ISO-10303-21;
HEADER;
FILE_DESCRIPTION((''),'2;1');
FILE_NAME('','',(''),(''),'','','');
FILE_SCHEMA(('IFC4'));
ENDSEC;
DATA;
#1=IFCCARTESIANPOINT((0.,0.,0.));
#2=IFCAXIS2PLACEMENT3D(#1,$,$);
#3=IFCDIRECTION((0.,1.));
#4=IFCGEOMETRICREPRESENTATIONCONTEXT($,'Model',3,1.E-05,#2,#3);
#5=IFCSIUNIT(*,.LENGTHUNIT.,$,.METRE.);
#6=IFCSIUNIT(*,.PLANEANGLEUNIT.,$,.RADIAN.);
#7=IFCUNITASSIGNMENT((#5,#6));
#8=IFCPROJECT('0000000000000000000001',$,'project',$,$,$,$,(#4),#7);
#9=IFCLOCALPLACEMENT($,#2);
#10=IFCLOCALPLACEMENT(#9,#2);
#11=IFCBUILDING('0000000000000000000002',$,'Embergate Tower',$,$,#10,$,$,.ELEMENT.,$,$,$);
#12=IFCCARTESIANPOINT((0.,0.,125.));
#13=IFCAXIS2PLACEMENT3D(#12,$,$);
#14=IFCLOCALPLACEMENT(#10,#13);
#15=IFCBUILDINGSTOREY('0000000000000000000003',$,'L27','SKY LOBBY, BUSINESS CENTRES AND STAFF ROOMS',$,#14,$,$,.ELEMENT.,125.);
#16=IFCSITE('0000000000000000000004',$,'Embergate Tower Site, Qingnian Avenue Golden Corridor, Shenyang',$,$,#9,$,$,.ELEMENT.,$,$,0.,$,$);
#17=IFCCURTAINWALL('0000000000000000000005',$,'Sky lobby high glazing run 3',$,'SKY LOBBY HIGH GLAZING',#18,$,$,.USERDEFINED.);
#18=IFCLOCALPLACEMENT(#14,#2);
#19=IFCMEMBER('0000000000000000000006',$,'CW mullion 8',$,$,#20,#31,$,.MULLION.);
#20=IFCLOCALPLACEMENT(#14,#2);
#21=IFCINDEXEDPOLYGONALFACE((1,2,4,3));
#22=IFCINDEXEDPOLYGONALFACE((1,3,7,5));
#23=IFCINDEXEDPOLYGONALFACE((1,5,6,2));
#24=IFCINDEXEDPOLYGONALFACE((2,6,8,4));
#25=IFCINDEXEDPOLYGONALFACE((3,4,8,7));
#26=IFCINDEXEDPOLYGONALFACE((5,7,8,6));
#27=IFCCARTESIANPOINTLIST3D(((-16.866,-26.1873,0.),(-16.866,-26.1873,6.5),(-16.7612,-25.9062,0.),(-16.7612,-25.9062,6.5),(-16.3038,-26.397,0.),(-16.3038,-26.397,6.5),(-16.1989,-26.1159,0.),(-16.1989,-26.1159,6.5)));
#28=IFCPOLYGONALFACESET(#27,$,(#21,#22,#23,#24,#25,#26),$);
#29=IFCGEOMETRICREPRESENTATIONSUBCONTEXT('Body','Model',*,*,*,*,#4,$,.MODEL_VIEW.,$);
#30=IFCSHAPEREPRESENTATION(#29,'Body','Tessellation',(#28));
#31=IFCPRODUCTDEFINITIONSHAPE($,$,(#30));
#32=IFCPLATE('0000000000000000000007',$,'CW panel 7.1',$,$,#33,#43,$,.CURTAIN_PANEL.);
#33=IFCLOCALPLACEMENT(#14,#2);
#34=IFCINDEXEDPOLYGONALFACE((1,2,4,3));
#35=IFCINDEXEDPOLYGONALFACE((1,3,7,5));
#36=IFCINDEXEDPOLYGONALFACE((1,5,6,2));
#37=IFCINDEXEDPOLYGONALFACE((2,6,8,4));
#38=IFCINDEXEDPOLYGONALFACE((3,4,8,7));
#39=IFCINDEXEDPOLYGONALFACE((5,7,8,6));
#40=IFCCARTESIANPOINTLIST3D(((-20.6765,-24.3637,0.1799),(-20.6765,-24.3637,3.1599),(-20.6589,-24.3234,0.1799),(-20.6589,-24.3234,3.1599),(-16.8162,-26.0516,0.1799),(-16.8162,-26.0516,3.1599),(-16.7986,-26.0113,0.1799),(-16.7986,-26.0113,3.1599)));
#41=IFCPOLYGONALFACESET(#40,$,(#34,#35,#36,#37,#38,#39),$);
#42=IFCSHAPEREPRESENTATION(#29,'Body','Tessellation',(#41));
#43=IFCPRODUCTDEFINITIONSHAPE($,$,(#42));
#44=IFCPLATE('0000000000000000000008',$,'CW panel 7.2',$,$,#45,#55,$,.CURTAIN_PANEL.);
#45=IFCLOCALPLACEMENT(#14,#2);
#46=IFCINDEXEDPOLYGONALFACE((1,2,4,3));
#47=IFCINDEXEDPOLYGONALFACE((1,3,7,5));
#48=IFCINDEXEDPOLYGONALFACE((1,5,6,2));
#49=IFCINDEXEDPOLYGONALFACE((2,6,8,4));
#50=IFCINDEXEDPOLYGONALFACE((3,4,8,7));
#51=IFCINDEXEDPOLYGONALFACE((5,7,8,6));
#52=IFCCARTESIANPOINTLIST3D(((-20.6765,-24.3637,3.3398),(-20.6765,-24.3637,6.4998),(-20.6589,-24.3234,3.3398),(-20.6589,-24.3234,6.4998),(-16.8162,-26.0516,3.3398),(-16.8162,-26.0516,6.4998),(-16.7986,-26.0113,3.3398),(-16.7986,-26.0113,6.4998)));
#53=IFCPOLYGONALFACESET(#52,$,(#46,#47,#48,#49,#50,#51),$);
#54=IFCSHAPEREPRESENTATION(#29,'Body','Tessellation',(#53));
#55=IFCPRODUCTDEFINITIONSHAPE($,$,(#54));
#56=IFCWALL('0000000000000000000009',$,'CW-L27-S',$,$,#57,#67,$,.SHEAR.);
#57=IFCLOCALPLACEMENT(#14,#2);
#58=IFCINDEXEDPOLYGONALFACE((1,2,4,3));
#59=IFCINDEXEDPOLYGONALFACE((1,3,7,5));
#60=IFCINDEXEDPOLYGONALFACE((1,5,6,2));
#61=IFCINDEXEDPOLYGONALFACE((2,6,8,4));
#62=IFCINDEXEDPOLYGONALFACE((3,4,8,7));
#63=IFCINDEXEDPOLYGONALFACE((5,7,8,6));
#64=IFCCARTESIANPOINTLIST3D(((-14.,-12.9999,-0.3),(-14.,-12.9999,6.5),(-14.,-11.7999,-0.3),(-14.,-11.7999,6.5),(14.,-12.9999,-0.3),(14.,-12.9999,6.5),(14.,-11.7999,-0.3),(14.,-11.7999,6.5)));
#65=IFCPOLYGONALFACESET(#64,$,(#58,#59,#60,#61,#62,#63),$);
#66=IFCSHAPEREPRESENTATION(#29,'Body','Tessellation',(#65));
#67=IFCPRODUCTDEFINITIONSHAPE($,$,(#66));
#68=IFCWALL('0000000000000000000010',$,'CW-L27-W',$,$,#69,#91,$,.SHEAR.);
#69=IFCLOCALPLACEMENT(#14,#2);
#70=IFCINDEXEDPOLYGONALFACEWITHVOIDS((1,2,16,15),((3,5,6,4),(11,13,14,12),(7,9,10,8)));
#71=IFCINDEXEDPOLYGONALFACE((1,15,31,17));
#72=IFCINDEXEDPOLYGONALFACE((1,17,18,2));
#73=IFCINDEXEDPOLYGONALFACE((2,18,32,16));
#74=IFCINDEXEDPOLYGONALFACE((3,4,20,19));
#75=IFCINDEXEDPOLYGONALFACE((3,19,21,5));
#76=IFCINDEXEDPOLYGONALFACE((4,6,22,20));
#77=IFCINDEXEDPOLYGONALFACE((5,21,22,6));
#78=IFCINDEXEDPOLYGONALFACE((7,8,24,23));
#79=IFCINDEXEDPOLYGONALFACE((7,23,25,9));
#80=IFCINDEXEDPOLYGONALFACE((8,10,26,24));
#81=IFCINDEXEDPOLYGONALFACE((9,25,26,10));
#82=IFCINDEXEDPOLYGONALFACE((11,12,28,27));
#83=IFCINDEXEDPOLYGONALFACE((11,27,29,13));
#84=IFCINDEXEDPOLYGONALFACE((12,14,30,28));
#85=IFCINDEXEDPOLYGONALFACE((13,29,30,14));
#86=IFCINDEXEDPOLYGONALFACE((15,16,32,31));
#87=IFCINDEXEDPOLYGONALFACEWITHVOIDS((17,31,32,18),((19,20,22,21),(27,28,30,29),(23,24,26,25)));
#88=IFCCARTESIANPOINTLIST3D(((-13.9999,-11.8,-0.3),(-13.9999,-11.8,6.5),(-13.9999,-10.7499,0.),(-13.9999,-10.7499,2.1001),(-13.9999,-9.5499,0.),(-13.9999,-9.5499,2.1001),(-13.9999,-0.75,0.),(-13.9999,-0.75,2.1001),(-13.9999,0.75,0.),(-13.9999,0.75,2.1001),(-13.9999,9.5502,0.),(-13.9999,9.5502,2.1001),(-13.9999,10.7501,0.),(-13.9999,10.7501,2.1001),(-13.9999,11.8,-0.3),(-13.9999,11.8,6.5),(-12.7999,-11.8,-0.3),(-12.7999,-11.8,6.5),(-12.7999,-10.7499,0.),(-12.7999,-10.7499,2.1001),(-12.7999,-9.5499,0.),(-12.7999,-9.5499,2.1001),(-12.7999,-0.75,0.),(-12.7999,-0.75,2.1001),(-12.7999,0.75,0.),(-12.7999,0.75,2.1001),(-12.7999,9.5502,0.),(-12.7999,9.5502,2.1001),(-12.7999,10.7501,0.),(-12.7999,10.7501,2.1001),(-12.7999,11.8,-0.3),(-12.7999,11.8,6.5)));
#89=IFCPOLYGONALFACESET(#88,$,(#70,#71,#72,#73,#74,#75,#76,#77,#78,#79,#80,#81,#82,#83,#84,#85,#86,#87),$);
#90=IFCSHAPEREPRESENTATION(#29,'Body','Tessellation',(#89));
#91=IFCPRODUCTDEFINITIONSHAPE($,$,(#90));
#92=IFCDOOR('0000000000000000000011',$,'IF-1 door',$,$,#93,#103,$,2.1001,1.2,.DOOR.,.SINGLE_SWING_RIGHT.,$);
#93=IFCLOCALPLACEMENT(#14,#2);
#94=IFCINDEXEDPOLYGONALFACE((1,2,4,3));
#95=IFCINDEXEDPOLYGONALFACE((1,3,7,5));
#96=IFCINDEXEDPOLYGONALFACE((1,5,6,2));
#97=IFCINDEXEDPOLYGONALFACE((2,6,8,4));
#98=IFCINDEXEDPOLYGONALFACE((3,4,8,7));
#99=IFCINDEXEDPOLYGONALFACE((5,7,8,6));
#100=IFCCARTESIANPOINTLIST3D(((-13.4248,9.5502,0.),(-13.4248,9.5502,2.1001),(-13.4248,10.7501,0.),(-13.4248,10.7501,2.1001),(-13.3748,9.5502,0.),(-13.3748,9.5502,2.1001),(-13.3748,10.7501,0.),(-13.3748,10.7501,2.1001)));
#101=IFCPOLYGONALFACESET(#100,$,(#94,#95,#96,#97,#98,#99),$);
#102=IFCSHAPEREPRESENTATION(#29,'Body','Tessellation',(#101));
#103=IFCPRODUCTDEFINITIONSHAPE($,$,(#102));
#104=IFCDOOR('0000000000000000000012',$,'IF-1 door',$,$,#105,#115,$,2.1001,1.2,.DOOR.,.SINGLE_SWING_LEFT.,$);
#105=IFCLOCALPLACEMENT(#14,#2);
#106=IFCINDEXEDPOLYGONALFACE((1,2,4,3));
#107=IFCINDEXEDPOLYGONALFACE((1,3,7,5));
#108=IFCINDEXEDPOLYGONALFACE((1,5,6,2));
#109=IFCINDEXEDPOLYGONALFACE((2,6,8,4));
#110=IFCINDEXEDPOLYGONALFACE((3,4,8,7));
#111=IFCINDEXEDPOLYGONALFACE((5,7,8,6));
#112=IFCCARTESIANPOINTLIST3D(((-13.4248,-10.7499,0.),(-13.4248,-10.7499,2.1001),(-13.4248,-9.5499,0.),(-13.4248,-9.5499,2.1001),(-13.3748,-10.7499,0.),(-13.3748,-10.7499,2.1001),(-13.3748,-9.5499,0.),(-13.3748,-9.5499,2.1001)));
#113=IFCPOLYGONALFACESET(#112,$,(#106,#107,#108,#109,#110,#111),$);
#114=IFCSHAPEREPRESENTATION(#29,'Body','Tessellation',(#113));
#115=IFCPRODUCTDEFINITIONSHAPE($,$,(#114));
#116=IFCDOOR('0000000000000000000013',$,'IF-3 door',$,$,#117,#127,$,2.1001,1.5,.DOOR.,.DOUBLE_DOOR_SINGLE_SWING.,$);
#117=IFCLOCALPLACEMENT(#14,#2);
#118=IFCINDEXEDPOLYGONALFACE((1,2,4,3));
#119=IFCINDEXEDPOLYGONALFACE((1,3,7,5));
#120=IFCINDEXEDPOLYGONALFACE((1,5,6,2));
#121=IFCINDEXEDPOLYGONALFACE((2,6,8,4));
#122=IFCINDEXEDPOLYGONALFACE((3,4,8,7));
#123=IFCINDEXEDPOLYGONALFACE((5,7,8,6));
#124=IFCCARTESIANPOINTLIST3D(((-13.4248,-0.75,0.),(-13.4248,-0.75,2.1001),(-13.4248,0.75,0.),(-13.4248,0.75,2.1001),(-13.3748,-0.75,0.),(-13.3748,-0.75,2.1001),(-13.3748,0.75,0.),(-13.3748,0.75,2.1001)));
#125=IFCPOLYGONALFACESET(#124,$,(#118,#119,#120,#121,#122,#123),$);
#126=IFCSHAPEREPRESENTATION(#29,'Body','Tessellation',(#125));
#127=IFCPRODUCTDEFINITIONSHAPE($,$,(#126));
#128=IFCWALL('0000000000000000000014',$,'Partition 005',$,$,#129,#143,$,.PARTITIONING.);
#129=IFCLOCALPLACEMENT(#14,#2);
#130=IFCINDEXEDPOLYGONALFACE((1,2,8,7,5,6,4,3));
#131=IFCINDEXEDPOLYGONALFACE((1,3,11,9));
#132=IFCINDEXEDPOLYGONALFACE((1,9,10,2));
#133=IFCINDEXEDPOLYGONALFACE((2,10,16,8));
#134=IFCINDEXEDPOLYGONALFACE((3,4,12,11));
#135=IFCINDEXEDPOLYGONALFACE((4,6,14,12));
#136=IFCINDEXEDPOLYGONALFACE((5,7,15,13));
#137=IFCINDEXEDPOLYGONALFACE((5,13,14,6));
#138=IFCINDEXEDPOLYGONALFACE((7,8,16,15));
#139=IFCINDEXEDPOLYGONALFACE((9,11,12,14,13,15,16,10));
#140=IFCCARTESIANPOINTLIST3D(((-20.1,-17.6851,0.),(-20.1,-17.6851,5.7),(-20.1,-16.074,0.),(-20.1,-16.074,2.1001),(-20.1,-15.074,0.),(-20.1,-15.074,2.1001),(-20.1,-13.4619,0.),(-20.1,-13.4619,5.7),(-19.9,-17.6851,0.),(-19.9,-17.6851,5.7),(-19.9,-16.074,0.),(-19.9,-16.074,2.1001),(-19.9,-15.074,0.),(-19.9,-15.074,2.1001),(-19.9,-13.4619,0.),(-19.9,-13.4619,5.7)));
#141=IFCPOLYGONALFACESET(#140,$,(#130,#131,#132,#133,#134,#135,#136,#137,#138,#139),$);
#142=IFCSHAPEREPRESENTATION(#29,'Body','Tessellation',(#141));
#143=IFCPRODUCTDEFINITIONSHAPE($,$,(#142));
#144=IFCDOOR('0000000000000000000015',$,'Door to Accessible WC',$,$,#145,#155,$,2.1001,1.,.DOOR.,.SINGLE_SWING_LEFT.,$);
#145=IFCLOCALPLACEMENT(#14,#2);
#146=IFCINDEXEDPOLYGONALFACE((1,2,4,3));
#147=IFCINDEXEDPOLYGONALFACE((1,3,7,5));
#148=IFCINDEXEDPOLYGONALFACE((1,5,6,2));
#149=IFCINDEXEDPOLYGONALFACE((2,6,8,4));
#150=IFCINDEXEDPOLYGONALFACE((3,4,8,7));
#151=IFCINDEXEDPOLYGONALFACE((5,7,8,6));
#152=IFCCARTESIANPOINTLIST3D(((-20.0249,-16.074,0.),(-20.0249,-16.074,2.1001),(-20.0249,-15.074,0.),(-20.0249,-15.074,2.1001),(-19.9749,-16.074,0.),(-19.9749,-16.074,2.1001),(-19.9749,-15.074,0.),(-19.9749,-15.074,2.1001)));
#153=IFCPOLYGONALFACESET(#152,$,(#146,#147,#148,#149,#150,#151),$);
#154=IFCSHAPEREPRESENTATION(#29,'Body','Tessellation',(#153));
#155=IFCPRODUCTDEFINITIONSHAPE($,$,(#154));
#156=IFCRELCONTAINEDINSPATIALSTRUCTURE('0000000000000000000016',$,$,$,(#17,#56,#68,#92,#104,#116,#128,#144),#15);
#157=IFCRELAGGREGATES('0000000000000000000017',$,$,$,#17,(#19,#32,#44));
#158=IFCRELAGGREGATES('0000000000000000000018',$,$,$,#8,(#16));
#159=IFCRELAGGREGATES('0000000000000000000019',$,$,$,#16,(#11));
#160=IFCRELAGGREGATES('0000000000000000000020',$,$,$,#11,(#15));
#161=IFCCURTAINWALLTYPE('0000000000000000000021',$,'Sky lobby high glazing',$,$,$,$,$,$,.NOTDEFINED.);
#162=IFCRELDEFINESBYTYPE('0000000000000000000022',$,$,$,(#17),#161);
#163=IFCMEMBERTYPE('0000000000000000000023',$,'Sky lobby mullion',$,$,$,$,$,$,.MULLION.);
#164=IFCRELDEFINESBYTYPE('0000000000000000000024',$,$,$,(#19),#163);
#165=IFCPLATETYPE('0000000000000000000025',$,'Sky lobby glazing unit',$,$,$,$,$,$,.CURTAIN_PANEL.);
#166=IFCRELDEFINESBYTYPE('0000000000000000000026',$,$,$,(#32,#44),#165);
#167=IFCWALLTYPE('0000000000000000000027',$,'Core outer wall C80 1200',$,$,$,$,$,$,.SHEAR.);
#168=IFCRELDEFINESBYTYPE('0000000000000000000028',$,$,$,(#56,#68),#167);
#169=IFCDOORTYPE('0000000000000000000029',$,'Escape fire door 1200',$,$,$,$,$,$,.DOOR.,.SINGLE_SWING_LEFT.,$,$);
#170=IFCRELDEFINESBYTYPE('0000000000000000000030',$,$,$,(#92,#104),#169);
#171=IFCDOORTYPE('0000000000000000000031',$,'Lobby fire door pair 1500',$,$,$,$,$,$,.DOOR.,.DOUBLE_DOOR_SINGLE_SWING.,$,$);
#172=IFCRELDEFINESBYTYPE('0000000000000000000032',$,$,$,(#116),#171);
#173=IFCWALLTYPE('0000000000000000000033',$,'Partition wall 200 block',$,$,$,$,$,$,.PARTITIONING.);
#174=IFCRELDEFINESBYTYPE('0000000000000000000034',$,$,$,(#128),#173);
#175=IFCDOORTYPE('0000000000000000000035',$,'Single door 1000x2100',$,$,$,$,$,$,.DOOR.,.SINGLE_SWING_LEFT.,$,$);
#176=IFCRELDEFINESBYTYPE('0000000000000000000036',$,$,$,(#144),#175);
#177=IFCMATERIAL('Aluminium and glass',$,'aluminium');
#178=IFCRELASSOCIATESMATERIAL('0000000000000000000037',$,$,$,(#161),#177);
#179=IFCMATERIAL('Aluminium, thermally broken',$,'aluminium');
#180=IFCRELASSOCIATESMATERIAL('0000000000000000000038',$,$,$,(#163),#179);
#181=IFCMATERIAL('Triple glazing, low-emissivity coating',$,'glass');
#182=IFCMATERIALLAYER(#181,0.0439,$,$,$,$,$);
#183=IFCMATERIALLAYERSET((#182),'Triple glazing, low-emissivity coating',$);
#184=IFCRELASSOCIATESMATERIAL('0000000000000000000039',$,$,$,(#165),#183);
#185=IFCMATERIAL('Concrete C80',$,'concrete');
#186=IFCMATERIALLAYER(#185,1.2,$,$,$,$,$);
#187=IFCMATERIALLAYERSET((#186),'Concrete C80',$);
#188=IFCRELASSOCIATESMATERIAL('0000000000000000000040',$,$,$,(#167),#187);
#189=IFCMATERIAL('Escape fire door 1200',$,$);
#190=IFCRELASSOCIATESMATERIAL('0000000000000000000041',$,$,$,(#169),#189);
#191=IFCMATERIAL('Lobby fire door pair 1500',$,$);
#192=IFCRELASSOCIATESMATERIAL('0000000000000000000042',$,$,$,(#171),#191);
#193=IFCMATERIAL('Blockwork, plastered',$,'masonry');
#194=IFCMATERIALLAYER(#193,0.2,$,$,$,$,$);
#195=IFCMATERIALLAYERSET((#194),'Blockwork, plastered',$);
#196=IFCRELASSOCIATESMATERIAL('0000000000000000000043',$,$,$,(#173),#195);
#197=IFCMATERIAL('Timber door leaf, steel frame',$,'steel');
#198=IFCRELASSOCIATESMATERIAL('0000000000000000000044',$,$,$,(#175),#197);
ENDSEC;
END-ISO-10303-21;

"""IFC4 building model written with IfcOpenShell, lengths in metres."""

from ifc_helpers import new_model, si_unit, direction, frame, frame_2d, origin, origin_2d, place, context, subcontext, project, spatial, rectangle, extrude, source, transform, mapped, material, layer, layer_set, material_profile, profile_set, type_object, element, fill, aggregate, save


model = new_model("IFC4")

# Units and contexts
model_context = context("Model", 3, precision=1e-05, world=origin(), true_north=direction((0.0, 1.0)))
body_context = subcontext(model_context, "Body", "Model", "MODEL_VIEW")
ifc_project = project(units=[si_unit("LENGTHUNIT", "METRE"), si_unit("PLANEANGLEUNIT", "RADIAN")], contexts=[model_context])

# Site, building, storey
site_placement = place(None, origin())
site = spatial("IfcSite", under=ifc_project, at=site_placement, Name="Embergate Tower Site, Qingnian Avenue Golden Corridor, Shenyang", CompositionType="ELEMENT", RefElevation=0.0)
building_placement = place(site_placement, origin())
building = spatial("IfcBuilding", under=site, at=building_placement, Name="Embergate Tower", CompositionType="ELEMENT")
storey_placement = place(building_placement, frame((0.0, 0.0, 125.0)))
storey = spatial("IfcBuildingStorey", under=building, at=storey_placement, Name="L27", Description="SKY LOBBY, BUSINESS CENTRES AND STAFF ROOMS", CompositionType="ELEMENT", Elevation=125.0)

# Curtain wall, member, plates
ifc_material_1 = material(Name="Aluminium and glass", Category="aluminium")
curtain_wall_type = type_object("IfcCurtainWallType", Name="Sky lobby high glazing", PredefinedType="NOTDEFINED", material=ifc_material_1)
curtain_wall_placement = place(storey_placement, origin())
curtain_wall = element("IfcCurtainWall", 1, at=curtain_wall_placement, inside=storey, type_object=curtain_wall_type, Name="Sky lobby high glazing run 3", ObjectType="SKY LOBBY HIGH GLAZING", PredefinedType="USERDEFINED")
ifc_material_2 = material(Name="Aluminium, thermally broken", Category="aluminium")
ifc_material_profile = material_profile(ifc_material_2, rectangle(XDim=0.3, YDim=0.6001, at=origin_2d()), Name="AL 600x300")
ifc_profile_set = profile_set([ifc_material_profile], Name="Aluminium, thermally broken")
member_type = type_object("IfcMemberType", Name="Sky lobby mullion", PredefinedType="MULLION", material=ifc_profile_set)
shared_shape_1 = source(origin(), body_context, "Body", "SweptSolid", [
    extrude(rectangle(XDim=0.3, YDim=0.6001, at=origin_2d()), origin(), (0.0, 0.0, 1.0), 6.5),
])
member_placement = place(storey_placement, frame((-16.5325, -26.1516, 0.0), z_axis=(0.0, 0.0, 1.0), x_axis=(0.349498, 0.936937, 0.0)))
member = element("IfcMember", 2, at=member_placement, type_object=member_type, Name="CW mullion 8", PredefinedType="MULLION", context=body_context, shape_type="MappedRepresentation", body=[
    mapped(shared_shape_1, transform((0.0, 0.0, 0.0))),
])
ifc_material_3 = material(Name="Triple glazing, low-emissivity coating", Category="glass")
ifc_layer_1 = layer(ifc_material_3, 0.0439)
ifc_layer_set_1 = layer_set([ifc_layer_1], Name="Triple glazing, low-emissivity coating")
plate_type = type_object("IfcPlateType", Name="Sky lobby glazing unit", PredefinedType="CURTAIN_PANEL", material=ifc_layer_set_1)
shared_shape_2 = source(origin(), body_context, "Body", "SweptSolid", [
    extrude(rectangle(XDim=4.2131, YDim=0.0439, at=origin_2d()), origin(), (0.0, 0.0, 1.0), 2.98),
])
plate_1_placement = place(storey_placement, frame((-18.7375, -25.1875, 0.1799), z_axis=(0.0, 0.0, 1.0), x_axis=(0.916238, -0.400635, 0.0)))
plate_1 = element("IfcPlate", 3, at=plate_1_placement, type_object=plate_type, Name="CW panel 7.1", PredefinedType="CURTAIN_PANEL", context=body_context, shape_type="MappedRepresentation", body=[
    mapped(shared_shape_2, transform((0.0, 0.0, 0.0))),
])
shared_shape_3 = source(origin(), body_context, "Body", "SweptSolid", [
    extrude(rectangle(XDim=4.2131, YDim=0.0439, at=origin_2d()), origin(), (0.0, 0.0, 1.0), 3.1599),
])
plate_2_placement = place(storey_placement, frame((-18.7375, -25.1875, 3.3398), z_axis=(0.0, 0.0, 1.0), x_axis=(0.916238, -0.400635, 0.0)))
plate_2 = element("IfcPlate", 4, at=plate_2_placement, type_object=plate_type, Name="CW panel 7.2", PredefinedType="CURTAIN_PANEL", context=body_context, shape_type="MappedRepresentation", body=[
    mapped(shared_shape_3, transform((0.0, 0.0, 0.0))),
])
aggregate(curtain_wall, [member, plate_1, plate_2])

# Wall
ifc_material_4 = material(Name="Concrete C80", Category="concrete")
ifc_layer_2 = layer(ifc_material_4, 1.2)
ifc_layer_set_2 = layer_set([ifc_layer_2], Name="Concrete C80")
wall_type_1 = type_object("IfcWallType", Name="Core outer wall C80 1200", PredefinedType="SHEAR", material=ifc_layer_set_2)
shared_shape_4 = source(origin(), body_context, "Body", "SweptSolid", [
    extrude(rectangle(XDim=28.0, YDim=1.2, at=frame_2d((14.0, 0.0))), origin(), (0.0, 0.0, 1.0), 6.8),
])
wall_1_placement = place(storey_placement, frame((-14.0, -12.3999, -0.3), z_axis=(0.0, 0.0, 1.0), x_axis=(1.0, 0.0, 0.0)))
element("IfcWall", 5, at=wall_1_placement, inside=storey, type_object=wall_type_1, Name="CW-L27-S", PredefinedType="SHEAR", context=body_context, shape_type="MappedRepresentation", body=[
    mapped(shared_shape_4, transform((0.0, 0.0, 0.0))),
])

# Wall, openings, doors
shared_shape_5 = source(origin(), body_context, "Body", "SweptSolid", [
    extrude(rectangle(XDim=23.6001, YDim=1.2, at=frame_2d((11.8, 0.0))), origin(), (0.0, 0.0, 1.0), 6.8),
])
wall_2_placement = place(storey_placement, frame((-13.3999, -11.8, -0.3), z_axis=(0.0, 0.0, 1.0), x_axis=(0.0, 1.0, 0.0)))
wall_2 = element("IfcWall", 6, at=wall_2_placement, inside=storey, type_object=wall_type_1, Name="CW-L27-W", PredefinedType="SHEAR", context=body_context, shape_type="MappedRepresentation", body=[
    mapped(shared_shape_5, transform((0.0, 0.0, 0.0))),
])
shared_shape_6 = source(origin(), body_context, "Body", "SweptSolid", [
    extrude(rectangle(XDim=1.2, YDim=2.1001, at=frame_2d((0.6001, 1.05))), frame((0.0, 0.6099, 0.0), z_axis=(0.0, -1.0, 0.0), x_axis=(1.0, 0.0, 0.0)), (0.0, 0.0, 1.0), 1.22),
])
opening_1_placement = place(wall_2_placement, frame((21.3501, 0.0, 0.3)))
opening_1 = element("IfcOpeningElement", 7, at=opening_1_placement, cuts=wall_2, PredefinedType="OPENING", context=body_context, shape_type="MappedRepresentation", body=[
    mapped(shared_shape_6, transform((0.0, 0.0, 0.0))),
])
opening_2_placement = place(wall_2_placement, frame((1.05, 0.0, 0.3)))
opening_2 = element("IfcOpeningElement", 8, at=opening_2_placement, cuts=wall_2, PredefinedType="OPENING", context=body_context, shape_type="MappedRepresentation", body=[
    mapped(shared_shape_6, transform((0.0, 0.0, 0.0))),
])
shared_shape_7 = source(origin(), body_context, "Body", "SweptSolid", [
    extrude(rectangle(XDim=1.5, YDim=2.1001, at=frame_2d((0.75, 1.05))), frame((0.0, 0.6099, 0.0), z_axis=(0.0, -1.0, 0.0), x_axis=(1.0, 0.0, 0.0)), (0.0, 0.0, 1.0), 1.22),
])
opening_3_placement = place(wall_2_placement, frame((11.05, 0.0, 0.3)))
opening_3 = element("IfcOpeningElement", 9, at=opening_3_placement, cuts=wall_2, PredefinedType="OPENING", context=body_context, shape_type="MappedRepresentation", body=[
    mapped(shared_shape_7, transform((0.0, 0.0, 0.0))),
])
ifc_material_5 = material(Name="Escape fire door 1200")
door_type_1 = type_object("IfcDoorType", Name="Escape fire door 1200", OperationType="SINGLE_SWING_LEFT", PredefinedType="DOOR", material=ifc_material_5)
shared_shape_8 = source(origin(), body_context, "Body", "SweptSolid", [
    extrude(rectangle(XDim=1.2, YDim=2.1001, at=frame_2d((0.6001, 1.05))), frame((0.0, 0.0249, 0.0), z_axis=(0.0, -1.0, 0.0), x_axis=(1.0, 0.0, 0.0)), (0.0, 0.0, 1.0), 0.05),
])
door_1_placement = place(opening_1_placement, origin())
door_1 = element("IfcDoor", 10, at=door_1_placement, inside=storey, type_object=door_type_1, Name="IF-1 door", OperationType="SINGLE_SWING_RIGHT", OverallHeight=2.1001, OverallWidth=1.2, PredefinedType="DOOR", context=body_context, shape_type="MappedRepresentation", body=[
    mapped(shared_shape_8, transform((0.0, 0.0, 0.0))),
])
fill(opening_1, door_1)
door_2_placement = place(opening_2_placement, origin())
door_2 = element("IfcDoor", 11, at=door_2_placement, inside=storey, type_object=door_type_1, Name="IF-1 door", OperationType="SINGLE_SWING_LEFT", OverallHeight=2.1001, OverallWidth=1.2, PredefinedType="DOOR", context=body_context, shape_type="MappedRepresentation", body=[
    mapped(shared_shape_8, transform((0.0, 0.0, 0.0))),
])
fill(opening_2, door_2)
ifc_material_6 = material(Name="Lobby fire door pair 1500")
door_type_2 = type_object("IfcDoorType", Name="Lobby fire door pair 1500", OperationType="DOUBLE_DOOR_SINGLE_SWING", PredefinedType="DOOR", material=ifc_material_6)
shared_shape_9 = source(origin(), body_context, "Body", "SweptSolid", [
    extrude(rectangle(XDim=1.5, YDim=2.1001, at=frame_2d((0.75, 1.05))), frame((0.0, 0.0249, 0.0), z_axis=(0.0, -1.0, 0.0), x_axis=(1.0, 0.0, 0.0)), (0.0, 0.0, 1.0), 0.05),
])
door_3_placement = place(opening_3_placement, origin())
door_3 = element("IfcDoor", 12, at=door_3_placement, inside=storey, type_object=door_type_2, Name="IF-3 door", OperationType="DOUBLE_DOOR_SINGLE_SWING", OverallHeight=2.1001, OverallWidth=1.5, PredefinedType="DOOR", context=body_context, shape_type="MappedRepresentation", body=[
    mapped(shared_shape_9, transform((0.0, 0.0, 0.0))),
])
fill(opening_3, door_3)

# Wall, opening, door
ifc_material_7 = material(Name="Blockwork, plastered", Category="masonry")
ifc_layer_3 = layer(ifc_material_7, 0.2)
ifc_layer_set_3 = layer_set([ifc_layer_3], Name="Blockwork, plastered")
wall_type_2 = type_object("IfcWallType", Name="Partition wall 200 block", PredefinedType="PARTITIONING", material=ifc_layer_set_3)
shared_shape_10 = source(origin(), body_context, "Body", "SweptSolid", [
    extrude(rectangle(XDim=4.2231, YDim=0.2, at=frame_2d((2.1116, 0.0))), origin(), (0.0, 0.0, 1.0), 5.7),
])
wall_3_placement = place(storey_placement, frame((-20.0, -17.6851, 0.0), z_axis=(0.0, 0.0, 1.0), x_axis=(0.0, 1.0, 0.0)))
wall_3 = element("IfcWall", 13, at=wall_3_placement, inside=storey, type_object=wall_type_2, Name="Partition 005", PredefinedType="PARTITIONING", context=body_context, shape_type="MappedRepresentation", body=[
    mapped(shared_shape_10, transform((0.0, 0.0, 0.0))),
])
shared_shape_11 = source(origin(), body_context, "Body", "SweptSolid", [
    extrude(rectangle(XDim=1.0, YDim=2.1001, at=frame_2d((0.5, 1.05))), frame((0.0, 0.1099, 0.0), z_axis=(0.0, -1.0, 0.0), x_axis=(1.0, 0.0, 0.0)), (0.0, 0.0, 1.0), 0.22),
])
opening_4_placement = place(wall_3_placement, frame((1.6111, 0.0, 0.0)))
opening_4 = element("IfcOpeningElement", 14, at=opening_4_placement, cuts=wall_3, PredefinedType="OPENING", context=body_context, shape_type="MappedRepresentation", body=[
    mapped(shared_shape_11, transform((0.0, 0.0, 0.0))),
])
ifc_material_8 = material(Name="Timber door leaf, steel frame", Category="steel")
door_type_3 = type_object("IfcDoorType", Name="Single door 1000x2100", OperationType="SINGLE_SWING_LEFT", PredefinedType="DOOR", material=ifc_material_8)
shared_shape_12 = source(origin(), body_context, "Body", "SweptSolid", [
    extrude(rectangle(XDim=1.0, YDim=2.1001, at=frame_2d((0.5, 1.05))), frame((0.0, 0.0249, 0.0), z_axis=(0.0, -1.0, 0.0), x_axis=(1.0, 0.0, 0.0)), (0.0, 0.0, 1.0), 0.05),
])
door_4_placement = place(opening_4_placement, origin())
door_4 = element("IfcDoor", 15, at=door_4_placement, inside=storey, type_object=door_type_3, Name="Door to Accessible WC", OperationType="SINGLE_SWING_LEFT", OverallHeight=2.1001, OverallWidth=1.0, PredefinedType="DOOR", context=body_context, shape_type="MappedRepresentation", body=[
    mapped(shared_shape_12, transform((0.0, 0.0, 0.0))),
])
fill(opening_4, door_4)

save(model, "model.ifc")
